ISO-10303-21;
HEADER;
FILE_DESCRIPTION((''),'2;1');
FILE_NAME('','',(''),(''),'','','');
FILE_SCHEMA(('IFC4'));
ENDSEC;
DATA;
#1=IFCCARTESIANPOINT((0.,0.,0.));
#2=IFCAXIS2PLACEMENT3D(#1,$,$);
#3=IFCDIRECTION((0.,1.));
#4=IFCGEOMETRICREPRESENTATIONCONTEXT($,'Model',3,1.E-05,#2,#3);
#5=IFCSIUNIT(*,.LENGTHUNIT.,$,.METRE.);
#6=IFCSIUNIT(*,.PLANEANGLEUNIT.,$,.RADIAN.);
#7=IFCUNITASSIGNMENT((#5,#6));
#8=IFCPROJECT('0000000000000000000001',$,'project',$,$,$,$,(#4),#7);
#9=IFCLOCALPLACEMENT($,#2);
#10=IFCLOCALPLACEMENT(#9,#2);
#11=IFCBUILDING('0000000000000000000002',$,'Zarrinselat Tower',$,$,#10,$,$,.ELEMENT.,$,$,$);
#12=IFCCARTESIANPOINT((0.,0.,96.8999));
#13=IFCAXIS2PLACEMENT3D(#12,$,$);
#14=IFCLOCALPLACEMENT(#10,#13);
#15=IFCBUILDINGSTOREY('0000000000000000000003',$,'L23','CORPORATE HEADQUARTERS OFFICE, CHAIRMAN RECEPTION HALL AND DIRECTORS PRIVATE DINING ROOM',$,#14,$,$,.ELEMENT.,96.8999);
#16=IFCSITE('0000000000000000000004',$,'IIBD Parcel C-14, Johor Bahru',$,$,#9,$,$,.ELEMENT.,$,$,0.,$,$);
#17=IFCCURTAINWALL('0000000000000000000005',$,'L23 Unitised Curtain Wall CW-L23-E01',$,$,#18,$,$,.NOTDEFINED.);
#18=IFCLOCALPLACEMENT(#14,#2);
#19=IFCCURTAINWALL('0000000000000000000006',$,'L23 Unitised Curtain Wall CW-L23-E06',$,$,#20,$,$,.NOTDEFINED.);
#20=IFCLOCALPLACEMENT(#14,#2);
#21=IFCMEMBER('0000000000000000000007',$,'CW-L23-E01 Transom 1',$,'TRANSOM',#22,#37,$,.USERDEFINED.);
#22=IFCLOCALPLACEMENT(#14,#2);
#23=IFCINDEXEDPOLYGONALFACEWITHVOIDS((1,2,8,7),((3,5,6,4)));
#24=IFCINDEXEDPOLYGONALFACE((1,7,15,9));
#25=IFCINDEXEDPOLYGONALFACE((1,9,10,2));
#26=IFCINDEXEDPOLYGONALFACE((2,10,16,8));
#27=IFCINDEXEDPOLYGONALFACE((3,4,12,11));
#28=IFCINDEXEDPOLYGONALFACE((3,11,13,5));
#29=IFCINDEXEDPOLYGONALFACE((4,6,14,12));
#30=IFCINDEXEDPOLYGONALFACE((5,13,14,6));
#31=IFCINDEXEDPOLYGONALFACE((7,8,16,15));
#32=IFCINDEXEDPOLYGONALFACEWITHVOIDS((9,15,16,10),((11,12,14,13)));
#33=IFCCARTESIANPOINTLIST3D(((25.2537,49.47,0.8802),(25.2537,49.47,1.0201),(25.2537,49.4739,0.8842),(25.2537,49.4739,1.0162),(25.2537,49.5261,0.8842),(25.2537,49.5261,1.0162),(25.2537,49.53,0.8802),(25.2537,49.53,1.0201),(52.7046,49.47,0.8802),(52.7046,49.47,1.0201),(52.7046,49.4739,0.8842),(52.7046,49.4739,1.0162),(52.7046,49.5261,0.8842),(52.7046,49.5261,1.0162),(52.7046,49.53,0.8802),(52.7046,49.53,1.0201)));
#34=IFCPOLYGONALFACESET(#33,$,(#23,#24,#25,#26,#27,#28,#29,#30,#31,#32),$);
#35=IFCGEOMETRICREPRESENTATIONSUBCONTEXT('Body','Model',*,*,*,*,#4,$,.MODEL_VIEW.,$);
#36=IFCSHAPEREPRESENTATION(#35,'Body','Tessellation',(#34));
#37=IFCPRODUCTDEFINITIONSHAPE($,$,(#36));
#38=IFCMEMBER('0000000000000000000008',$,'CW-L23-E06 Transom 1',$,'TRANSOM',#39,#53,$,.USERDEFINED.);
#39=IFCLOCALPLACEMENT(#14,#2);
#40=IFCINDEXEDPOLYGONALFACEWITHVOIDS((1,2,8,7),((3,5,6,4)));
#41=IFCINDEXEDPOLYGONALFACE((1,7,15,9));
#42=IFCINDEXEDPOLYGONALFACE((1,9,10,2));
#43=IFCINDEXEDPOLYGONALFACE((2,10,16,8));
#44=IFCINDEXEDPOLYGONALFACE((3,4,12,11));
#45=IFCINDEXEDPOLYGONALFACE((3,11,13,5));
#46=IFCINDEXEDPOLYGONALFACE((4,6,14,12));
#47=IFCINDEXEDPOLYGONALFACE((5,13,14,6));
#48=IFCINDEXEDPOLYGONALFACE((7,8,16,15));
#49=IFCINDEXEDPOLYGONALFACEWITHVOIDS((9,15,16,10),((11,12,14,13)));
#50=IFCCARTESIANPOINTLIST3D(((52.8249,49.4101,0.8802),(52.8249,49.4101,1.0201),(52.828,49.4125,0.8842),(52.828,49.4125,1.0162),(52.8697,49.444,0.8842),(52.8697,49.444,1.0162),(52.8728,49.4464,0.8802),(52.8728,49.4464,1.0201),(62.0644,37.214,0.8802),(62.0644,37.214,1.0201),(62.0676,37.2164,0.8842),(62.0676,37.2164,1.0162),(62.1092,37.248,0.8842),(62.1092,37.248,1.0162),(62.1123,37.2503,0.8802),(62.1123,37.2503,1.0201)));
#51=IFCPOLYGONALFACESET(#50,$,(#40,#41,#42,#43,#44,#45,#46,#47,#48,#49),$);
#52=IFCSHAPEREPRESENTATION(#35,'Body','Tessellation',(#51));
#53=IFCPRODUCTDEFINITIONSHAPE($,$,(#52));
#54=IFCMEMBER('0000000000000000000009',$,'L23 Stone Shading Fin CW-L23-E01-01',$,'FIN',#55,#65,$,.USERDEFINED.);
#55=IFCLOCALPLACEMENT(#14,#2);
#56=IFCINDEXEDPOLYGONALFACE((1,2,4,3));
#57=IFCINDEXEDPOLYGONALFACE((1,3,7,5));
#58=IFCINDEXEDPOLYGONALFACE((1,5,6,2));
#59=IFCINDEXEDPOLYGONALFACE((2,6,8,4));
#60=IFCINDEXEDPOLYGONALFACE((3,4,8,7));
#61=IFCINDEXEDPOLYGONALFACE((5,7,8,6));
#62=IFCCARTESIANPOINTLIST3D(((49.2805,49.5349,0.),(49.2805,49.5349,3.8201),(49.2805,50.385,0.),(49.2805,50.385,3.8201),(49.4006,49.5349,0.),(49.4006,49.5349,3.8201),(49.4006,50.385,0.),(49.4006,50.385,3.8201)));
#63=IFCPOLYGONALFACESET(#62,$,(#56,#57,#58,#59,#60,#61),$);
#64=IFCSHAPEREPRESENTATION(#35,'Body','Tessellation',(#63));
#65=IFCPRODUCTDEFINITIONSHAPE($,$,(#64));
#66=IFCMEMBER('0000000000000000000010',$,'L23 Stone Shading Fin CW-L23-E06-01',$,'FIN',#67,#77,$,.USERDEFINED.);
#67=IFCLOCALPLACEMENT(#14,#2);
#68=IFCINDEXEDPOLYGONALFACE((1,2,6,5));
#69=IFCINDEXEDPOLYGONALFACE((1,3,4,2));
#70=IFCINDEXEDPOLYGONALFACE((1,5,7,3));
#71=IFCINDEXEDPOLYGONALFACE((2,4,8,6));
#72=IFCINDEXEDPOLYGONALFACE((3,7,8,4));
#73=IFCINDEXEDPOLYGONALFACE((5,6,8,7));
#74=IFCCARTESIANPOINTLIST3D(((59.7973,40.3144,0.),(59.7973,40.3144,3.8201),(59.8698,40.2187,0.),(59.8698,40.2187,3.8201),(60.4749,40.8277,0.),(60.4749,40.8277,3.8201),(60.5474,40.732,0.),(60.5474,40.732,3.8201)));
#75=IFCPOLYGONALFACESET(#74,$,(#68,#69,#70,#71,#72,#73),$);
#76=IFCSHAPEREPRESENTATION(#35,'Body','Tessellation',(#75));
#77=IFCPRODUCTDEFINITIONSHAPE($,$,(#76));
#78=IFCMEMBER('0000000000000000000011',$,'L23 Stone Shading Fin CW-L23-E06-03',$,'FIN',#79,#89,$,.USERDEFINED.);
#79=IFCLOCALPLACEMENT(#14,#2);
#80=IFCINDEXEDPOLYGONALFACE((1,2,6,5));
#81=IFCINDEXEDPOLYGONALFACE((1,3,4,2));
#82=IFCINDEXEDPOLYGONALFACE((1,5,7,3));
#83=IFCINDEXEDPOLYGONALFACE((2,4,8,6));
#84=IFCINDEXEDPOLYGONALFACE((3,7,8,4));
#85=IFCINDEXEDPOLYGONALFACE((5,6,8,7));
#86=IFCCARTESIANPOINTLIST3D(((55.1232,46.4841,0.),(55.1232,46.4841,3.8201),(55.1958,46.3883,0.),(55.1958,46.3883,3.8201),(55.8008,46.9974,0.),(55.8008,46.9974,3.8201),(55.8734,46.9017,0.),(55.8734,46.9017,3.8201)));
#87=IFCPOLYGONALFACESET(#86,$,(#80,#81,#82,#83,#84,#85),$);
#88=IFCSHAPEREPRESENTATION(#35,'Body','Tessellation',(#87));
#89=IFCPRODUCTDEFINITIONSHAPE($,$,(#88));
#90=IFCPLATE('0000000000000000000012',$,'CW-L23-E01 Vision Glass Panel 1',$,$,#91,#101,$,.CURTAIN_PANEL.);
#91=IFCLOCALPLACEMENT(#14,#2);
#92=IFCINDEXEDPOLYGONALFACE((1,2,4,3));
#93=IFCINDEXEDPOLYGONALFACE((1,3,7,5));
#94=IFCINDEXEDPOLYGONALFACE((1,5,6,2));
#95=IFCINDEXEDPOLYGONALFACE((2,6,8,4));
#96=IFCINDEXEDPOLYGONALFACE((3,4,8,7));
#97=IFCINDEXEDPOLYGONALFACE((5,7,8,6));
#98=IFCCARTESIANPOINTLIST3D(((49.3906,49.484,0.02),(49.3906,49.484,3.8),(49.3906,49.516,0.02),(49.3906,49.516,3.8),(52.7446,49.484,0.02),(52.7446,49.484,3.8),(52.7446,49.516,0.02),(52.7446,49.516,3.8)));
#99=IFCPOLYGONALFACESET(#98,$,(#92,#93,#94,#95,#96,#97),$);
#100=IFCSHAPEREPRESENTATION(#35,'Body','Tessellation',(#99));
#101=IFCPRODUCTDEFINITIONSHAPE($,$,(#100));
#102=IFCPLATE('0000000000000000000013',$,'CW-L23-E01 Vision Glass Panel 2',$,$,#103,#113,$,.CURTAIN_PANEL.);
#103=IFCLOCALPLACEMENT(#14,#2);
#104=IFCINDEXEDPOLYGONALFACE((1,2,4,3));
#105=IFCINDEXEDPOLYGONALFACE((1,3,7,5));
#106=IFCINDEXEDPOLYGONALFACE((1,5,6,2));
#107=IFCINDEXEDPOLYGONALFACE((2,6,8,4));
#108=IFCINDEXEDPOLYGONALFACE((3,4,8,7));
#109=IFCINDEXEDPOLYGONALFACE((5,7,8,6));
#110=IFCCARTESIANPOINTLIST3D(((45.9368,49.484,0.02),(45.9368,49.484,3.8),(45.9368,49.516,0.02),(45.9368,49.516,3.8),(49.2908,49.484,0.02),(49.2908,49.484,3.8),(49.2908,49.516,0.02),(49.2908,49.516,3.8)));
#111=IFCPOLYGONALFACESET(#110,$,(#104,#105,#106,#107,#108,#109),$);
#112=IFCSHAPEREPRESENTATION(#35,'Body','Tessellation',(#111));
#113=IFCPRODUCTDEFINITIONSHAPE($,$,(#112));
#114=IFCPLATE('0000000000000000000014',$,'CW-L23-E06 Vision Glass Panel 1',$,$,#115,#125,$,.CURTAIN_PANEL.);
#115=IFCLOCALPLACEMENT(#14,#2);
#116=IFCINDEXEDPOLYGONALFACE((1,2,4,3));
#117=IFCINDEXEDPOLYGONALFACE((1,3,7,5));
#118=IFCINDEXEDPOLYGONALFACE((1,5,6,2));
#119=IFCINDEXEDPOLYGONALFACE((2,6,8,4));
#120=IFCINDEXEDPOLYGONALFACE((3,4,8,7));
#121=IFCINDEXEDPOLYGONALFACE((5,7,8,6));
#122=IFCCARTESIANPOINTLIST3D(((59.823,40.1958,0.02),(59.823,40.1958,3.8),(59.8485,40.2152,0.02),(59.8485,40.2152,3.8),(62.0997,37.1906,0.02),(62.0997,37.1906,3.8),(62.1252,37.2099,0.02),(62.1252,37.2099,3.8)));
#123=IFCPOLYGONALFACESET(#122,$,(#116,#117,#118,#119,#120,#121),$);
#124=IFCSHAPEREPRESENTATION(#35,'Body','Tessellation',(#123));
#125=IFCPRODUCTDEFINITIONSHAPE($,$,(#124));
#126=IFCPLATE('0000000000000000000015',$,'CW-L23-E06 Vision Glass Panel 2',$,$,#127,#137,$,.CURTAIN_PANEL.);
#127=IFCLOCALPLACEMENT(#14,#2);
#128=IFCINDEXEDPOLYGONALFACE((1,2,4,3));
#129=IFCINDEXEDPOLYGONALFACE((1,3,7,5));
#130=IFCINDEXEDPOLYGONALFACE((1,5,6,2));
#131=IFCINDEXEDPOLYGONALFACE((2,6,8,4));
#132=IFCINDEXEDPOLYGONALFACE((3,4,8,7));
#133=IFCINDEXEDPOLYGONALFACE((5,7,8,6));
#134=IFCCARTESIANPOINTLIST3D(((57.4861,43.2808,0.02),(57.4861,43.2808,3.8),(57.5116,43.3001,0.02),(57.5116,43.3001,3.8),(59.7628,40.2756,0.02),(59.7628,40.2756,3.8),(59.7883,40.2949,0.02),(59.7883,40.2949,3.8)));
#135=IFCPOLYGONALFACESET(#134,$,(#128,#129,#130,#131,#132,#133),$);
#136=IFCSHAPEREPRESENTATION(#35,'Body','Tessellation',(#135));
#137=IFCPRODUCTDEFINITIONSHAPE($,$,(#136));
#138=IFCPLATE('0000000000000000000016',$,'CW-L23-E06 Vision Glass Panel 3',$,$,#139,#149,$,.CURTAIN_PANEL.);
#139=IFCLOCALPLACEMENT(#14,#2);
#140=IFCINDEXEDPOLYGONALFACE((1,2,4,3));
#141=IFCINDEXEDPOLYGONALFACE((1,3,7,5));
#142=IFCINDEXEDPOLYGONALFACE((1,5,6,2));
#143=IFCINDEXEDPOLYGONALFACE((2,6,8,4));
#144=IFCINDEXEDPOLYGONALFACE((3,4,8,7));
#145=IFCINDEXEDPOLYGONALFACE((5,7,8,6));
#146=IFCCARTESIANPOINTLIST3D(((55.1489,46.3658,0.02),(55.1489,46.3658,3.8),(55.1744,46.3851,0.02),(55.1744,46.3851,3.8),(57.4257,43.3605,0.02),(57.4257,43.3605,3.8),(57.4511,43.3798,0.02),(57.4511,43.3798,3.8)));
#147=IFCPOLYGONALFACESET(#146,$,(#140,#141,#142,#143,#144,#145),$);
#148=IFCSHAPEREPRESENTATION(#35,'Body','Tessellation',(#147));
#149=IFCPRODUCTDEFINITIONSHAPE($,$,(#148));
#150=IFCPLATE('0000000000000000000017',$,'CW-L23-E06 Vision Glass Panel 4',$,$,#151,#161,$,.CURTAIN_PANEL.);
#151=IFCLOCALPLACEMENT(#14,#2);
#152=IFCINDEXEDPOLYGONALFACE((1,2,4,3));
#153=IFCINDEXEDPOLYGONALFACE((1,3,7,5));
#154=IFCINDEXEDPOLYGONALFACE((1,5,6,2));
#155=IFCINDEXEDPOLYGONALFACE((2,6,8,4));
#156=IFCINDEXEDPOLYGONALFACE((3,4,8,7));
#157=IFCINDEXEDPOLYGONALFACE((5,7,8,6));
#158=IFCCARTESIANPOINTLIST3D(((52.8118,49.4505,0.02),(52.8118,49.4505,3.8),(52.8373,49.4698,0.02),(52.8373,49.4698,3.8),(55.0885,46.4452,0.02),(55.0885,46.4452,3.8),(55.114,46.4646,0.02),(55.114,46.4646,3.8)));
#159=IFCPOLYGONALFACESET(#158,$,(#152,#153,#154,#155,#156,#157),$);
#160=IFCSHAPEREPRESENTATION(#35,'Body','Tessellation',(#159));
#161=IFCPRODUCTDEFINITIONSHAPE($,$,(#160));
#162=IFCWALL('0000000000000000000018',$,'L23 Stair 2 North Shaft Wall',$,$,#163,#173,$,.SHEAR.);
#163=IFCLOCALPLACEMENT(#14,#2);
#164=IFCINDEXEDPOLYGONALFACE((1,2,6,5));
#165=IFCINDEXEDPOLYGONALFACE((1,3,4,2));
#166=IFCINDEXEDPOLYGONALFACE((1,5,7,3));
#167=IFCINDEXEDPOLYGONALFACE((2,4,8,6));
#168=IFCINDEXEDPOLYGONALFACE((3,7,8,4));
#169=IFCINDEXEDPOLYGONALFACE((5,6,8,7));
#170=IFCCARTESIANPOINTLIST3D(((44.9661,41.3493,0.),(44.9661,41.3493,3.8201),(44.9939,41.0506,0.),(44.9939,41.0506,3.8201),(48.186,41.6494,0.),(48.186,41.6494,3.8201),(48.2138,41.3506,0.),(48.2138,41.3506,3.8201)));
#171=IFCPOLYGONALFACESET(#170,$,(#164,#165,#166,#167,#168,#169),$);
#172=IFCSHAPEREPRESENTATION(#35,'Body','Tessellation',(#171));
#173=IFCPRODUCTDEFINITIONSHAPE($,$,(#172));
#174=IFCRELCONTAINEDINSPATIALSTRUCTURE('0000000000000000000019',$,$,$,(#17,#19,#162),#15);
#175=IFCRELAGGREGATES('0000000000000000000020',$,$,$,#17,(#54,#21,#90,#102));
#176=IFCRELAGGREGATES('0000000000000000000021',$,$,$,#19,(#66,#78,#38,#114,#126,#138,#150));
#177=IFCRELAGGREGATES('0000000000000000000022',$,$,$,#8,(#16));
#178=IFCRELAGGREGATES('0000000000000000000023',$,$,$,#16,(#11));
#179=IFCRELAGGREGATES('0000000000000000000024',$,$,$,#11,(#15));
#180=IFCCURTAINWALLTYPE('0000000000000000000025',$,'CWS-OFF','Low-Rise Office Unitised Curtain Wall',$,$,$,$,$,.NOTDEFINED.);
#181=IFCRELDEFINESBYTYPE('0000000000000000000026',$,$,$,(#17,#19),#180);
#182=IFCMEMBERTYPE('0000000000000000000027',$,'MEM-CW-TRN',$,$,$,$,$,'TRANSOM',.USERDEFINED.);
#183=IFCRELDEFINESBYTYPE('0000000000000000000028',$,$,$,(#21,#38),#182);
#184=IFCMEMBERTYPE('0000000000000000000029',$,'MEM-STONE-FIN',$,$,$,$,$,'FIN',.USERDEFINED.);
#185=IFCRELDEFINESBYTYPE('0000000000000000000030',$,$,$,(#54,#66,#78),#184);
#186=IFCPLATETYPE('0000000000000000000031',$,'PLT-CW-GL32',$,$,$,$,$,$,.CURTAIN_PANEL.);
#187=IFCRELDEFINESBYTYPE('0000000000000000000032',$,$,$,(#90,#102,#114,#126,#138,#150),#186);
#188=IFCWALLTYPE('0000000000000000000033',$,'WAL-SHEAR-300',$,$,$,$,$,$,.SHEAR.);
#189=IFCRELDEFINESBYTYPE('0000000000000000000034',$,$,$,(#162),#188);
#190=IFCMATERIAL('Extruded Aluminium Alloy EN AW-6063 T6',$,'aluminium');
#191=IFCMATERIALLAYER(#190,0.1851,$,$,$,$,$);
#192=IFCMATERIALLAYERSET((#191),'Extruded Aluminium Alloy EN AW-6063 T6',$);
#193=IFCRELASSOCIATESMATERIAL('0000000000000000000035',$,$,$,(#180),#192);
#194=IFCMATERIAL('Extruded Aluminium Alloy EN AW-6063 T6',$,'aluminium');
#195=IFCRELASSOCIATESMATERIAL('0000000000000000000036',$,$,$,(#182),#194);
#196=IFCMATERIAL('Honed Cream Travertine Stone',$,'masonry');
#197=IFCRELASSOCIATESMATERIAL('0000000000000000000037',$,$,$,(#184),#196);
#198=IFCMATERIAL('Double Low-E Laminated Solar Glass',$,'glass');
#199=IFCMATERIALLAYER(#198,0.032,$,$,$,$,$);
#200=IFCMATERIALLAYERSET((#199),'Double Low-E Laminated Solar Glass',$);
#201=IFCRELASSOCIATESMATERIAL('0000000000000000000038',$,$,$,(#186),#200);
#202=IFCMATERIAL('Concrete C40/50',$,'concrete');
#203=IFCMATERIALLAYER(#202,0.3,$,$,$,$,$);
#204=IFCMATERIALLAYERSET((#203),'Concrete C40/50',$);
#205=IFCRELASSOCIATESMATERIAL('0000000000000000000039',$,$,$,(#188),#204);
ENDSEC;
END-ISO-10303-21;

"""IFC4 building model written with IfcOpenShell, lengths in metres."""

from ifc_helpers import new_model, si_unit, direction, frame, frame_2d, origin, origin_2d, place, context, subcontext, project, spatial, rectangle, hollow_rectangle, extrude, material, layer, layer_set, material_profile, profile_set, type_object, element, aggregate, save


model = new_model("IFC4")

# Units and contexts
model_context = context("Model", 3, precision=1e-05, world=origin(), true_north=direction((0.0, 1.0)))
body_context = subcontext(model_context, "Body", "Model", "MODEL_VIEW")
ifc_project = project(units=[si_unit("LENGTHUNIT", "METRE"), si_unit("PLANEANGLEUNIT", "RADIAN")], contexts=[model_context])

# Site, building, storey
site_placement = place(None, origin())
site = spatial("IfcSite", under=ifc_project, at=site_placement, Name="IIBD Parcel C-14, Johor Bahru", CompositionType="ELEMENT", RefElevation=0.0)
building_placement = place(site_placement, origin())
building = spatial("IfcBuilding", under=site, at=building_placement, Name="Zarrinselat Tower", CompositionType="ELEMENT")
storey_placement = place(building_placement, frame((0.0, 0.0, 96.8999)))
storey = spatial("IfcBuildingStorey", under=building, at=storey_placement, Name="L23", Description="CORPORATE HEADQUARTERS OFFICE, CHAIRMAN RECEPTION HALL AND DIRECTORS PRIVATE DINING ROOM", CompositionType="ELEMENT", Elevation=96.8999)

# Curtain wall
ifc_material_1 = material(Name="Extruded Aluminium Alloy EN AW-6063 T6", Category="aluminium")
ifc_layer_1 = layer(ifc_material_1, 0.1851)
ifc_layer_set_1 = layer_set([ifc_layer_1], Name="Extruded Aluminium Alloy EN AW-6063 T6")
curtain_wall_type = type_object("IfcCurtainWallType", Name="CWS-OFF", Description="Low-Rise Office Unitised Curtain Wall", PredefinedType="NOTDEFINED", material=ifc_layer_set_1)
curtain_wall_1_placement = place(storey_placement, origin())
curtain_wall_1 = element("IfcCurtainWall", 1, at=curtain_wall_1_placement, inside=storey, type_object=curtain_wall_type, Name="L23 Unitised Curtain Wall CW-L23-E01", PredefinedType="NOTDEFINED")

# Curtain wall
curtain_wall_2_placement = place(storey_placement, origin())
curtain_wall_2 = element("IfcCurtainWall", 2, at=curtain_wall_2_placement, inside=storey, type_object=curtain_wall_type, Name="L23 Unitised Curtain Wall CW-L23-E06", PredefinedType="NOTDEFINED")

# Members
ifc_material_2 = material(Name="Extruded Aluminium Alloy EN AW-6063 T6", Category="aluminium")
ifc_material_profile_1 = material_profile(ifc_material_2, hollow_rectangle(XDim=0.0601, YDim=0.1399, WallThickness=0.0039, at=origin_2d()), Name="RHS 140x60x4")
ifc_profile_set_1 = profile_set([ifc_material_profile_1], Name="Extruded Aluminium Alloy EN AW-6063 T6")
member_type_1 = type_object("IfcMemberType", Name="MEM-CW-TRN", ElementType="TRANSOM", PredefinedType="USERDEFINED", material=ifc_profile_set_1)
member_1_placement = place(storey_placement, frame((52.7046, 49.5, 0.9502), z_axis=(-1.0, 0.0, 0.0), x_axis=(0.0, -1.0, 0.0)))
member_1 = element("IfcMember", 3, at=member_1_placement, type_object=member_type_1, Name="CW-L23-E01 Transom 1", ObjectType="TRANSOM", PredefinedType="USERDEFINED", context=body_context, shape_type="SweptSolid", body=[
    extrude(hollow_rectangle(XDim=0.0601, YDim=0.1399, WallThickness=0.0039, at=origin_2d()), origin(), (0.0, 0.0, 1.0), 27.4509),
])
member_2_placement = place(storey_placement, frame((62.0884, 37.2322, 0.9502), z_axis=(-0.603861, 0.79709, 0.0), x_axis=(-0.79709, -0.603861, 0.0)))
member_2 = element("IfcMember", 4, at=member_2_placement, type_object=member_type_1, Name="CW-L23-E06 Transom 1", ObjectType="TRANSOM", PredefinedType="USERDEFINED", context=body_context, shape_type="SweptSolid", body=[
    extrude(hollow_rectangle(XDim=0.0601, YDim=0.1399, WallThickness=0.0039, at=origin_2d()), origin(), (0.0, 0.0, 1.0), 15.3008),
])
ifc_material_3 = material(Name="Honed Cream Travertine Stone", Category="masonry")
ifc_material_profile_2 = material_profile(ifc_material_3, rectangle(XDim=0.1201, YDim=0.8501, at=origin_2d()), Name="FIN 850x120")
ifc_profile_set_2 = profile_set([ifc_material_profile_2], Name="Honed Cream Travertine Stone")
member_type_2 = type_object("IfcMemberType", Name="MEM-STONE-FIN", ElementType="FIN", PredefinedType="USERDEFINED", material=ifc_profile_set_2)
member_3_placement = place(storey_placement, frame((49.3406, 49.96, 0.0), z_axis=(0.0, 0.0, 1.0), x_axis=(1.0, 0.0, 0.0)))
member_3 = element("IfcMember", 5, at=member_3_placement, type_object=member_type_2, Name="L23 Stone Shading Fin CW-L23-E01-01", ObjectType="FIN", PredefinedType="USERDEFINED", context=body_context, shape_type="SweptSolid", body=[
    extrude(rectangle(XDim=0.1201, YDim=0.8501, at=origin_2d()), origin(), (0.0, 0.0, 1.0), 3.8201),
])
member_4_placement = place(storey_placement, frame((60.1724, 40.5232, 0.0), z_axis=(0.0, 0.0, 1.0), x_axis=(0.603858, -0.797092, 0.0)))
member_4 = element("IfcMember", 6, at=member_4_placement, type_object=member_type_2, Name="L23 Stone Shading Fin CW-L23-E06-01", ObjectType="FIN", PredefinedType="USERDEFINED", context=body_context, shape_type="SweptSolid", body=[
    extrude(rectangle(XDim=0.1201, YDim=0.8501, at=origin_2d()), origin(), (0.0, 0.0, 1.0), 3.8201),
])
member_5_placement = place(storey_placement, frame((55.4983, 46.6929, 0.0), z_axis=(0.0, 0.0, 1.0), x_axis=(0.603858, -0.797092, 0.0)))
member_5 = element("IfcMember", 7, at=member_5_placement, type_object=member_type_2, Name="L23 Stone Shading Fin CW-L23-E06-03", ObjectType="FIN", PredefinedType="USERDEFINED", context=body_context, shape_type="SweptSolid", body=[
    extrude(rectangle(XDim=0.1201, YDim=0.8501, at=origin_2d()), origin(), (0.0, 0.0, 1.0), 3.8201),
])

# Plates
ifc_material_4 = material(Name="Double Low-E Laminated Solar Glass", Category="glass")
ifc_layer_2 = layer(ifc_material_4, 0.032)
ifc_layer_set_2 = layer_set([ifc_layer_2], Name="Double Low-E Laminated Solar Glass")
plate_type = type_object("IfcPlateType", Name="PLT-CW-GL32", PredefinedType="CURTAIN_PANEL", material=ifc_layer_set_2)
plate_1_placement = place(storey_placement, frame((51.0676, 49.5, 0.02), z_axis=(0.0, 0.0, 1.0), x_axis=(-1.0, 0.0, 0.0)))
plate_1 = element("IfcPlate", 8, at=plate_1_placement, type_object=plate_type, Name="CW-L23-E01 Vision Glass Panel 1", PredefinedType="CURTAIN_PANEL", context=body_context, shape_type="SweptSolid", body=[
    extrude(rectangle(XDim=3.354, YDim=0.032, at=origin_2d()), origin(), (0.0, 0.0, 1.0), 3.78),
])
plate_2_placement = place(storey_placement, frame((47.6138, 49.5, 0.02), z_axis=(0.0, 0.0, 1.0), x_axis=(-1.0, 0.0, 0.0)))
plate_2 = element("IfcPlate", 9, at=plate_2_placement, type_object=plate_type, Name="CW-L23-E01 Vision Glass Panel 2", PredefinedType="CURTAIN_PANEL", context=body_context, shape_type="SweptSolid", body=[
    extrude(rectangle(XDim=3.354, YDim=0.032, at=origin_2d()), origin(), (0.0, 0.0, 1.0), 3.78),
])
aggregate(curtain_wall_1, [member_3, member_1, plate_1, plate_2])
plate_3_placement = place(storey_placement, frame((60.9741, 38.7029, 0.02), z_axis=(0.0, 0.0, 1.0), x_axis=(-0.603858, 0.797092, 0.0)))
plate_3 = element("IfcPlate", 10, at=plate_3_placement, type_object=plate_type, Name="CW-L23-E06 Vision Glass Panel 1", PredefinedType="CURTAIN_PANEL", context=body_context, shape_type="SweptSolid", body=[
    extrude(rectangle(XDim=3.7703, YDim=0.032, at=origin_2d()), origin(), (0.0, 0.0, 1.0), 3.78),
])
plate_4_placement = place(storey_placement, frame((58.6372, 41.7878, 0.02), z_axis=(0.0, 0.0, 1.0), x_axis=(-0.603858, 0.797092, 0.0)))
plate_4 = element("IfcPlate", 11, at=plate_4_placement, type_object=plate_type, Name="CW-L23-E06 Vision Glass Panel 2", PredefinedType="CURTAIN_PANEL", context=body_context, shape_type="SweptSolid", body=[
    extrude(rectangle(XDim=3.7703, YDim=0.032, at=origin_2d()), origin(), (0.0, 0.0, 1.0), 3.78),
])
plate_5_placement = place(storey_placement, frame((56.3, 44.8728, 0.02), z_axis=(0.0, 0.0, 1.0), x_axis=(-0.603858, 0.797092, 0.0)))
plate_5 = element("IfcPlate", 12, at=plate_5_placement, type_object=plate_type, Name="CW-L23-E06 Vision Glass Panel 3", PredefinedType="CURTAIN_PANEL", context=body_context, shape_type="SweptSolid", body=[
    extrude(rectangle(XDim=3.7703, YDim=0.032, at=origin_2d()), origin(), (0.0, 0.0, 1.0), 3.78),
])
plate_6_placement = place(storey_placement, frame((53.9629, 47.9575, 0.02), z_axis=(0.0, 0.0, 1.0), x_axis=(-0.603858, 0.797092, 0.0)))
plate_6 = element("IfcPlate", 13, at=plate_6_placement, type_object=plate_type, Name="CW-L23-E06 Vision Glass Panel 4", PredefinedType="CURTAIN_PANEL", context=body_context, shape_type="SweptSolid", body=[
    extrude(rectangle(XDim=3.7703, YDim=0.032, at=origin_2d()), origin(), (0.0, 0.0, 1.0), 3.78),
])
aggregate(curtain_wall_2, [member_4, member_5, member_2, plate_3, plate_4, plate_5, plate_6])

# Wall
ifc_material_5 = material(Name="Concrete C40/50", Category="concrete")
ifc_layer_3 = layer(ifc_material_5, 0.3)
ifc_layer_set_3 = layer_set([ifc_layer_3], Name="Concrete C40/50")
wall_type = type_object("IfcWallType", Name="WAL-SHEAR-300", PredefinedType="SHEAR", material=ifc_layer_set_3)
wall_placement = place(storey_placement, frame((44.98, 41.2, 0.0), z_axis=(0.0, 0.0, 1.0), x_axis=(0.995686, 0.092782, 0.0)))
element("IfcWall", 14, at=wall_placement, inside=storey, type_object=wall_type, Name="L23 Stair 2 North Shaft Wall", PredefinedType="SHEAR", context=body_context, shape_type="SweptSolid", body=[
    extrude(rectangle(XDim=3.2339, YDim=0.3, at=frame_2d((1.6169, 0.0))), origin(), (0.0, 0.0, 1.0), 3.8201),
])

save(model, "model.ifc")
